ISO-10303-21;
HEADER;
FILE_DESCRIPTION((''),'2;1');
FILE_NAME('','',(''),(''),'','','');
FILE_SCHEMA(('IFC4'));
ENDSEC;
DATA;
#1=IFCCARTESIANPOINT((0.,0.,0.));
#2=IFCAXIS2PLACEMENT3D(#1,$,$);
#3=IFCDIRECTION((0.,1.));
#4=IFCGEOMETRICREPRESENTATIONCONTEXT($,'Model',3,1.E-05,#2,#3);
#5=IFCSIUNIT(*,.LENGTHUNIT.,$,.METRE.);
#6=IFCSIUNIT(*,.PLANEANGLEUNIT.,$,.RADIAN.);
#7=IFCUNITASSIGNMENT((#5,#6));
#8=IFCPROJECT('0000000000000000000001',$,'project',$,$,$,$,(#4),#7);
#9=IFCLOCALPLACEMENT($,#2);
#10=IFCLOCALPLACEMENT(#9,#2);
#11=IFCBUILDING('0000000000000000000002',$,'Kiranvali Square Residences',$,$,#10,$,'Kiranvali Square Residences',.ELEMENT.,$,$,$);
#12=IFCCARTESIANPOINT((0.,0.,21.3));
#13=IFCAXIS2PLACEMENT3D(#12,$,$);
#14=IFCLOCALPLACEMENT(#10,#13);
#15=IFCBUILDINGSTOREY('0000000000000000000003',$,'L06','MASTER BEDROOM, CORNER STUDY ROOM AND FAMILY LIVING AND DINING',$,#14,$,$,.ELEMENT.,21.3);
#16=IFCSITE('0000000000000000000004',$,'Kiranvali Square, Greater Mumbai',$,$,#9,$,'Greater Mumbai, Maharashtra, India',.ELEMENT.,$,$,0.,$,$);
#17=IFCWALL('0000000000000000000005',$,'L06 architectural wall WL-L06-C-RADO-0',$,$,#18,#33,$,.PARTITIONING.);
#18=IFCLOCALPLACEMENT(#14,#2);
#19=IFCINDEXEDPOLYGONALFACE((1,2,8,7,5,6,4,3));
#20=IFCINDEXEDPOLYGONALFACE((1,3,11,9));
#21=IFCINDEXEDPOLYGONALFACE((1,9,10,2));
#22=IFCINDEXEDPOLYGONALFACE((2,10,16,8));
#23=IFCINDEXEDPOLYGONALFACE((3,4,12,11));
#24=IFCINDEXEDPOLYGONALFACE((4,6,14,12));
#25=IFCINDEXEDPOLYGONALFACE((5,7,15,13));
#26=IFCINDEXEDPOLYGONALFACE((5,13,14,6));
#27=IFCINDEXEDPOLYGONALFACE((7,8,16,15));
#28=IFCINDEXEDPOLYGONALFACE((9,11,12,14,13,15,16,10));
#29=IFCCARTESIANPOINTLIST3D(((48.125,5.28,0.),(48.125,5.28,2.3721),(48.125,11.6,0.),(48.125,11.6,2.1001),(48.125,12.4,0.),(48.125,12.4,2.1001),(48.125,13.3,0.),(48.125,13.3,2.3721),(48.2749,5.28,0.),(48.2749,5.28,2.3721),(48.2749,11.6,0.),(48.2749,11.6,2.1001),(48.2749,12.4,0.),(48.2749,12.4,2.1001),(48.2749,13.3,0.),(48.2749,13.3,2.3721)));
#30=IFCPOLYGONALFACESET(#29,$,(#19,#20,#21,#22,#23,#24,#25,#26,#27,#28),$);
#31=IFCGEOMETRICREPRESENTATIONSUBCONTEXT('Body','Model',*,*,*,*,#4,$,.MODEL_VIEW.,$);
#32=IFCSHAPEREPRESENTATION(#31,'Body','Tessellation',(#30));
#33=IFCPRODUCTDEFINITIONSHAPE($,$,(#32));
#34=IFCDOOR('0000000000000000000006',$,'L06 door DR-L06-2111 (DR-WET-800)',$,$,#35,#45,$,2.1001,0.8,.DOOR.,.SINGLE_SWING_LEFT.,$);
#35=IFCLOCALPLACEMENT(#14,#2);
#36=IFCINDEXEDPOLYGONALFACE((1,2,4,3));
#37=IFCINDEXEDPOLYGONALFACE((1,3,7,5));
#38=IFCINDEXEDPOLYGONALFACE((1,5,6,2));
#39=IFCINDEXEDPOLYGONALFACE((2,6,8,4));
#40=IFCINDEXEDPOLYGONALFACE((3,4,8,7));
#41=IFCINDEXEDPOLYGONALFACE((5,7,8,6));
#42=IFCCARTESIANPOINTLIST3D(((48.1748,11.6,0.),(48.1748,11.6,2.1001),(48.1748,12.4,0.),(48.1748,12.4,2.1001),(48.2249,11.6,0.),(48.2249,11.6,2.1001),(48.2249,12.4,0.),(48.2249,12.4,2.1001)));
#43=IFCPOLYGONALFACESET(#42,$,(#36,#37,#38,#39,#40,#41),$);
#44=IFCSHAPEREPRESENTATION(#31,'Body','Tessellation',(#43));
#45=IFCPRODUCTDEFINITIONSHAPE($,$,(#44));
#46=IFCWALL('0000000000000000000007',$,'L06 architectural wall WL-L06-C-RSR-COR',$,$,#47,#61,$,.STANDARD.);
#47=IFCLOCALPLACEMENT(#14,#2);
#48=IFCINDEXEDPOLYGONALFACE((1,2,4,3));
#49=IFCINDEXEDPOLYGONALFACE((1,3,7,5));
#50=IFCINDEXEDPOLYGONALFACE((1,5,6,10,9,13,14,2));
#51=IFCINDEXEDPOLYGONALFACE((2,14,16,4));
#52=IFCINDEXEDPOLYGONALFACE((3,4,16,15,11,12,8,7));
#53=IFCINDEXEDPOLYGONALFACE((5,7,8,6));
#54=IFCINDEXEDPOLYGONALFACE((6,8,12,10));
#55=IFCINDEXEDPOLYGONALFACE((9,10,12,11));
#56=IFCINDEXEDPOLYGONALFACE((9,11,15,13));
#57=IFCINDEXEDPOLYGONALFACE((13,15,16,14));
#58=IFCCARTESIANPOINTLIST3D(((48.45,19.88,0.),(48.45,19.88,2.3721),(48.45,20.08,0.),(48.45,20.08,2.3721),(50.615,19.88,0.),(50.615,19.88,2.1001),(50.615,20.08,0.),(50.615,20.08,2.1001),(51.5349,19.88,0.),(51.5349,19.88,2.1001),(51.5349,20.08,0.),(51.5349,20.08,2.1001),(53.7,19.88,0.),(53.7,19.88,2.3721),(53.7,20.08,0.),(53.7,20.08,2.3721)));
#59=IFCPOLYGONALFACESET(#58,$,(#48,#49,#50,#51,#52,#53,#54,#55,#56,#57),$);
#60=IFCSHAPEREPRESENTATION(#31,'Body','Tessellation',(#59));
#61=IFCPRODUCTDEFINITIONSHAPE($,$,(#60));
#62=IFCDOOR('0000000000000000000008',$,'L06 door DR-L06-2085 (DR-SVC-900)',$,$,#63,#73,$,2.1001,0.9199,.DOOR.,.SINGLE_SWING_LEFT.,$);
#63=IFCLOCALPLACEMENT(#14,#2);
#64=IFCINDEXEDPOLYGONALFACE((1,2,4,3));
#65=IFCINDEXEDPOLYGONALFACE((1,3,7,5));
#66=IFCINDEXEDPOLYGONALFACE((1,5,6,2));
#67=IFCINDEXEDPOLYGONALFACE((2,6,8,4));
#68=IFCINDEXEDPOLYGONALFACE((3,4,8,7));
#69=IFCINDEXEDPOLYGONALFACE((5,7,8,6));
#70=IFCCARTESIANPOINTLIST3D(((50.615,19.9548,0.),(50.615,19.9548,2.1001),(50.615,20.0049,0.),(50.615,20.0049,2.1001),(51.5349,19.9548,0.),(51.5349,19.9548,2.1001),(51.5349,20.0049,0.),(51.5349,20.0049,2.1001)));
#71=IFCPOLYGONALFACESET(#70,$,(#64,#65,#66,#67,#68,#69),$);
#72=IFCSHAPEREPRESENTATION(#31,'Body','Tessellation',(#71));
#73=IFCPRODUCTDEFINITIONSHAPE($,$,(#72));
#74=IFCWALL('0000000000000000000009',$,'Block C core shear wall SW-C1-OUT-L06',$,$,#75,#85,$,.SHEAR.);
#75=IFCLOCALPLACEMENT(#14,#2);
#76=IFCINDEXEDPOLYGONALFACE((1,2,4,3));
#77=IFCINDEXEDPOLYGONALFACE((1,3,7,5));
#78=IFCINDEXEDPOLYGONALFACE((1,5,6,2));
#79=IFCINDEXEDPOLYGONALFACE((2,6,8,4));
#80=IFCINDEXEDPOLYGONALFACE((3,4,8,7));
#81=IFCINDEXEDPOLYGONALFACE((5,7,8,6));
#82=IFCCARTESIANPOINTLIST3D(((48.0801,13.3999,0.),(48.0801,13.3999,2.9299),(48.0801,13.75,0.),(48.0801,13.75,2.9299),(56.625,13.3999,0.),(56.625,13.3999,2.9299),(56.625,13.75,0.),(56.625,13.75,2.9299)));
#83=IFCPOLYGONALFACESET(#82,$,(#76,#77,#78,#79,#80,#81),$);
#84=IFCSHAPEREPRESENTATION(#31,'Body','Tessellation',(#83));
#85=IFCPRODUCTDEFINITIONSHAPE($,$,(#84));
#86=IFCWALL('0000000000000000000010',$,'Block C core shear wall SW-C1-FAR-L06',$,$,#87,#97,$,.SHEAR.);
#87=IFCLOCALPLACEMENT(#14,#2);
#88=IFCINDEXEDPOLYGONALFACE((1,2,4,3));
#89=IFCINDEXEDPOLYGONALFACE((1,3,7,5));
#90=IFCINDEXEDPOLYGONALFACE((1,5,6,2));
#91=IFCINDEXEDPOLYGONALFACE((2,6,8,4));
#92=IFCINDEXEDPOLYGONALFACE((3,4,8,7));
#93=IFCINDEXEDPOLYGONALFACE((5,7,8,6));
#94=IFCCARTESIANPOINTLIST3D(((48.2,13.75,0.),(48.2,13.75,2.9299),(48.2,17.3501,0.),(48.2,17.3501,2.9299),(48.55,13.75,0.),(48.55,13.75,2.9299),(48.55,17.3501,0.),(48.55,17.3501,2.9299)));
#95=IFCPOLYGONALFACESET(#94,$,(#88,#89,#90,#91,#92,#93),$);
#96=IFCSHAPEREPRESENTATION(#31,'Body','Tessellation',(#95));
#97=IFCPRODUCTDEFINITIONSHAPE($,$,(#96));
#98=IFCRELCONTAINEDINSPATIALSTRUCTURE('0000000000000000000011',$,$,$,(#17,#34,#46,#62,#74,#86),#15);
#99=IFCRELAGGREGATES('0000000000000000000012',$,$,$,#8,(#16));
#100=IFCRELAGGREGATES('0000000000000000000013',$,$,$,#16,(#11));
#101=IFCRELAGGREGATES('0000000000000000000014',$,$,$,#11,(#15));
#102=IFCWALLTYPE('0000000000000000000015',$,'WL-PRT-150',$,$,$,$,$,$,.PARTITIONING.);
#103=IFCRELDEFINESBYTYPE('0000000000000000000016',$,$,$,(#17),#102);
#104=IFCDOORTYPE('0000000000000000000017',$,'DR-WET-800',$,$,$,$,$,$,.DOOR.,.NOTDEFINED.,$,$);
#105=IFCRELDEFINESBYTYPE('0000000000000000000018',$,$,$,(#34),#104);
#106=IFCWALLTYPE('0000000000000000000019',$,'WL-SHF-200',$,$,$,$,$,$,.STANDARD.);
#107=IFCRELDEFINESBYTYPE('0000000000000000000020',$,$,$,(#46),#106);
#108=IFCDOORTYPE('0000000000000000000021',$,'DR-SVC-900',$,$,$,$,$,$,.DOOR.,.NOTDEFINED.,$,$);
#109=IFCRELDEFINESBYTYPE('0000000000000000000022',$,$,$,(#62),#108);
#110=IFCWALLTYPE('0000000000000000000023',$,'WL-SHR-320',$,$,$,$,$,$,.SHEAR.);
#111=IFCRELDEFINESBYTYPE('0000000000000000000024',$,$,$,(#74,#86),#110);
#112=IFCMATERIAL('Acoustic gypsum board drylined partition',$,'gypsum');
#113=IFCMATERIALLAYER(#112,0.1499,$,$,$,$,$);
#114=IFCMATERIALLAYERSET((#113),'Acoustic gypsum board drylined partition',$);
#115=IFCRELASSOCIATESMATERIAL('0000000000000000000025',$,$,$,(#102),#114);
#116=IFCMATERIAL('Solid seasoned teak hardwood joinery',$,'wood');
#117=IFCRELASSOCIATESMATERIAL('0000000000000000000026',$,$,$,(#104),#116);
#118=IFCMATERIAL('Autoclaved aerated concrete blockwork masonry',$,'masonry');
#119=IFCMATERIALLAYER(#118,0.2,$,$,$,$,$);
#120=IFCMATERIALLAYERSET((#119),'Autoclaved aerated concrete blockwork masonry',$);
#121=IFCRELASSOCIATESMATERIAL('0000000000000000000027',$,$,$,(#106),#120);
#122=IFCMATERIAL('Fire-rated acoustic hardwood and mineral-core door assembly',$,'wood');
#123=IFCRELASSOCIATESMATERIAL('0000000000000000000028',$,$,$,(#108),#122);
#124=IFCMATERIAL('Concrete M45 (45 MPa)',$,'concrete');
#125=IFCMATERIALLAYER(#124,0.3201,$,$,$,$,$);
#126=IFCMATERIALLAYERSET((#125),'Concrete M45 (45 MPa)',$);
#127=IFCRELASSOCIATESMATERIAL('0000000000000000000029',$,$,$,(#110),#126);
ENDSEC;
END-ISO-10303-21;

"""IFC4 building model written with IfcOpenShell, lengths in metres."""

from ifc_helpers import new_model, si_unit, direction, frame, frame_2d, origin, place, context, subcontext, project, spatial, rectangle, extrude, material, layer, layer_set, type_object, element, fill, save


model = new_model("IFC4")

# Units and contexts
model_context = context("Model", 3, precision=1e-05, world=origin(), true_north=direction((0.0, 1.0)))
body_context = subcontext(model_context, "Body", "Model", "MODEL_VIEW")
ifc_project = project(units=[si_unit("LENGTHUNIT", "METRE"), si_unit("PLANEANGLEUNIT", "RADIAN")], contexts=[model_context])

# Site, building, storey
site_placement = place(None, origin())
site = spatial("IfcSite", under=ifc_project, at=site_placement, Name="Kiranvali Square, Greater Mumbai", LongName="Greater Mumbai, Maharashtra, India", CompositionType="ELEMENT", RefElevation=0.0)
building_placement = place(site_placement, origin())
building = spatial("IfcBuilding", under=site, at=building_placement, Name="Kiranvali Square Residences", LongName="Kiranvali Square Residences", CompositionType="ELEMENT")
storey_placement = place(building_placement, frame((0.0, 0.0, 21.3)))
storey = spatial("IfcBuildingStorey", under=building, at=storey_placement, Name="L06", Description="MASTER BEDROOM, CORNER STUDY ROOM AND FAMILY LIVING AND DINING", CompositionType="ELEMENT", Elevation=21.3)

# Shared definitions
ifc_material_1 = material(Name="Concrete M45 (45 MPa)", Category="concrete")

# Walls, openings, doors
ifc_material_2 = material(Name="Autoclaved aerated concrete blockwork masonry", Category="masonry")
ifc_material_3 = material(Name="Fire-rated acoustic hardwood and mineral-core door assembly", Category="wood")
ifc_material_4 = material(Name="Acoustic gypsum board drylined partition", Category="gypsum")
ifc_layer_1 = layer(ifc_material_4, 0.1499)
ifc_layer_set_1 = layer_set([ifc_layer_1], Name="Acoustic gypsum board drylined partition")
wall_type_1 = type_object("IfcWallType", Name="WL-PRT-150", PredefinedType="PARTITIONING", material=ifc_layer_set_1)
wall_1_placement = place(storey_placement, frame((48.2, 13.3, 0.0), z_axis=(0.0, 0.0, 1.0), x_axis=(0.0, -1.0, 0.0)))
wall_1 = element("IfcWall", 1, at=wall_1_placement, inside=storey, type_object=wall_type_1, Name="L06 architectural wall WL-L06-C-RADO-0", PredefinedType="PARTITIONING", context=body_context, shape_type="SweptSolid", body=[
    extrude(rectangle(XDim=8.02, YDim=0.1499, at=frame_2d((4.01, 0.0))), origin(), (0.0, 0.0, 1.0), 2.3721),
])
opening_1_placement = place(wall_1_placement, frame((0.9001, 0.0, 0.0)))
opening_1 = element("IfcOpeningElement", 2, at=opening_1_placement, cuts=wall_1, PredefinedType="OPENING", context=body_context, shape_type="SweptSolid", body=[
    extrude(rectangle(XDim=0.8, YDim=2.1001, at=frame_2d((0.3999, 1.05))), frame((0.0, 0.085, 0.0), z_axis=(0.0, -1.0, 0.0), x_axis=(1.0, 0.0, 0.0)), (0.0, 0.0, 1.0), 0.1699),
])
ifc_material_5 = material(Name="Solid seasoned teak hardwood joinery", Category="wood")
door_type_1 = type_object("IfcDoorType", Name="DR-WET-800", OperationType="NOTDEFINED", PredefinedType="DOOR", material=ifc_material_5)
door_1_placement = place(opening_1_placement, origin())
door_1 = element("IfcDoor", 3, at=door_1_placement, inside=storey, type_object=door_type_1, Name="L06 door DR-L06-2111 (DR-WET-800)", OperationType="SINGLE_SWING_LEFT", OverallHeight=2.1001, OverallWidth=0.8, PredefinedType="DOOR", context=body_context, shape_type="SweptSolid", body=[
    extrude(rectangle(XDim=0.8, YDim=2.1001, at=frame_2d((0.3999, 1.05))), frame((0.0, 0.0249, 0.0), z_axis=(0.0, -1.0, 0.0), x_axis=(1.0, 0.0, 0.0)), (0.0, 0.0, 1.0), 0.05),
])
fill(opening_1, door_1)
ifc_layer_2 = layer(ifc_material_2, 0.2)
ifc_layer_set_2 = layer_set([ifc_layer_2], Name="Autoclaved aerated concrete blockwork masonry")
wall_type_2 = type_object("IfcWallType", Name="WL-SHF-200", PredefinedType="STANDARD", material=ifc_layer_set_2)
wall_2_placement = place(storey_placement, frame((48.45, 19.98, 0.0), z_axis=(0.0, 0.0, 1.0), x_axis=(1.0, 0.0, 0.0)))
wall_2 = element("IfcWall", 4, at=wall_2_placement, inside=storey, type_object=wall_type_2, Name="L06 architectural wall WL-L06-C-RSR-COR", PredefinedType="STANDARD", context=body_context, shape_type="SweptSolid", body=[
    extrude(rectangle(XDim=5.25, YDim=0.2, at=frame_2d((2.625, 0.0))), origin(), (0.0, 0.0, 1.0), 2.3721),
])
opening_2_placement = place(wall_2_placement, frame((2.165, 0.0, 0.0)))
opening_2 = element("IfcOpeningElement", 5, at=opening_2_placement, cuts=wall_2, PredefinedType="OPENING", context=body_context, shape_type="SweptSolid", body=[
    extrude(rectangle(XDim=0.9199, YDim=2.1001, at=frame_2d((0.46, 1.05))), frame((0.0, 0.1099, 0.0), z_axis=(0.0, -1.0, 0.0), x_axis=(1.0, 0.0, 0.0)), (0.0, 0.0, 1.0), 0.22),
])
door_type_2 = type_object("IfcDoorType", Name="DR-SVC-900", OperationType="NOTDEFINED", PredefinedType="DOOR", material=ifc_material_3)
door_2_placement = place(opening_2_placement, origin())
door_2 = element("IfcDoor", 6, at=door_2_placement, inside=storey, type_object=door_type_2, Name="L06 door DR-L06-2085 (DR-SVC-900)", OperationType="SINGLE_SWING_LEFT", OverallHeight=2.1001, OverallWidth=0.9199, PredefinedType="DOOR", context=body_context, shape_type="SweptSolid", body=[
    extrude(rectangle(XDim=0.9199, YDim=2.1001, at=frame_2d((0.46, 1.05))), frame((0.0, 0.0249, 0.0), z_axis=(0.0, -1.0, 0.0), x_axis=(1.0, 0.0, 0.0)), (0.0, 0.0, 1.0), 0.05),
])
fill(opening_2, door_2)

# Wall
ifc_layer_3 = layer(ifc_material_1, 0.3201)
ifc_layer_set_3 = layer_set([ifc_layer_3], Name="Concrete M45 (45 MPa)")
wall_type_3 = type_object("IfcWallType", Name="WL-SHR-320", PredefinedType="SHEAR", material=ifc_layer_set_3)
wall_3_placement = place(storey_placement, frame((48.0801, 13.575, 0.0), z_axis=(0.0, 0.0, 1.0), x_axis=(1.0, 0.0, 0.0)))
element("IfcWall", 7, at=wall_3_placement, inside=storey, type_object=wall_type_3, Name="Block C core shear wall SW-C1-OUT-L06", PredefinedType="SHEAR", context=body_context, shape_type="SweptSolid", body=[
    extrude(rectangle(XDim=8.5449, YDim=0.3501, at=frame_2d((4.2725, 0.0))), origin(), (0.0, 0.0, 1.0), 2.9299),
])

# Wall
wall_4_placement = place(storey_placement, frame((48.375, 17.3501, 0.0), z_axis=(0.0, 0.0, 1.0), x_axis=(0.0, -1.0, 0.0)))
element("IfcWall", 8, at=wall_4_placement, inside=storey, type_object=wall_type_3, Name="Block C core shear wall SW-C1-FAR-L06", PredefinedType="SHEAR", context=body_context, shape_type="SweptSolid", body=[
    extrude(rectangle(XDim=3.6001, YDim=0.3501, at=frame_2d((1.8, 0.0))), origin(), (0.0, 0.0, 1.0), 2.9299),
])

save(model, "model.ifc")
